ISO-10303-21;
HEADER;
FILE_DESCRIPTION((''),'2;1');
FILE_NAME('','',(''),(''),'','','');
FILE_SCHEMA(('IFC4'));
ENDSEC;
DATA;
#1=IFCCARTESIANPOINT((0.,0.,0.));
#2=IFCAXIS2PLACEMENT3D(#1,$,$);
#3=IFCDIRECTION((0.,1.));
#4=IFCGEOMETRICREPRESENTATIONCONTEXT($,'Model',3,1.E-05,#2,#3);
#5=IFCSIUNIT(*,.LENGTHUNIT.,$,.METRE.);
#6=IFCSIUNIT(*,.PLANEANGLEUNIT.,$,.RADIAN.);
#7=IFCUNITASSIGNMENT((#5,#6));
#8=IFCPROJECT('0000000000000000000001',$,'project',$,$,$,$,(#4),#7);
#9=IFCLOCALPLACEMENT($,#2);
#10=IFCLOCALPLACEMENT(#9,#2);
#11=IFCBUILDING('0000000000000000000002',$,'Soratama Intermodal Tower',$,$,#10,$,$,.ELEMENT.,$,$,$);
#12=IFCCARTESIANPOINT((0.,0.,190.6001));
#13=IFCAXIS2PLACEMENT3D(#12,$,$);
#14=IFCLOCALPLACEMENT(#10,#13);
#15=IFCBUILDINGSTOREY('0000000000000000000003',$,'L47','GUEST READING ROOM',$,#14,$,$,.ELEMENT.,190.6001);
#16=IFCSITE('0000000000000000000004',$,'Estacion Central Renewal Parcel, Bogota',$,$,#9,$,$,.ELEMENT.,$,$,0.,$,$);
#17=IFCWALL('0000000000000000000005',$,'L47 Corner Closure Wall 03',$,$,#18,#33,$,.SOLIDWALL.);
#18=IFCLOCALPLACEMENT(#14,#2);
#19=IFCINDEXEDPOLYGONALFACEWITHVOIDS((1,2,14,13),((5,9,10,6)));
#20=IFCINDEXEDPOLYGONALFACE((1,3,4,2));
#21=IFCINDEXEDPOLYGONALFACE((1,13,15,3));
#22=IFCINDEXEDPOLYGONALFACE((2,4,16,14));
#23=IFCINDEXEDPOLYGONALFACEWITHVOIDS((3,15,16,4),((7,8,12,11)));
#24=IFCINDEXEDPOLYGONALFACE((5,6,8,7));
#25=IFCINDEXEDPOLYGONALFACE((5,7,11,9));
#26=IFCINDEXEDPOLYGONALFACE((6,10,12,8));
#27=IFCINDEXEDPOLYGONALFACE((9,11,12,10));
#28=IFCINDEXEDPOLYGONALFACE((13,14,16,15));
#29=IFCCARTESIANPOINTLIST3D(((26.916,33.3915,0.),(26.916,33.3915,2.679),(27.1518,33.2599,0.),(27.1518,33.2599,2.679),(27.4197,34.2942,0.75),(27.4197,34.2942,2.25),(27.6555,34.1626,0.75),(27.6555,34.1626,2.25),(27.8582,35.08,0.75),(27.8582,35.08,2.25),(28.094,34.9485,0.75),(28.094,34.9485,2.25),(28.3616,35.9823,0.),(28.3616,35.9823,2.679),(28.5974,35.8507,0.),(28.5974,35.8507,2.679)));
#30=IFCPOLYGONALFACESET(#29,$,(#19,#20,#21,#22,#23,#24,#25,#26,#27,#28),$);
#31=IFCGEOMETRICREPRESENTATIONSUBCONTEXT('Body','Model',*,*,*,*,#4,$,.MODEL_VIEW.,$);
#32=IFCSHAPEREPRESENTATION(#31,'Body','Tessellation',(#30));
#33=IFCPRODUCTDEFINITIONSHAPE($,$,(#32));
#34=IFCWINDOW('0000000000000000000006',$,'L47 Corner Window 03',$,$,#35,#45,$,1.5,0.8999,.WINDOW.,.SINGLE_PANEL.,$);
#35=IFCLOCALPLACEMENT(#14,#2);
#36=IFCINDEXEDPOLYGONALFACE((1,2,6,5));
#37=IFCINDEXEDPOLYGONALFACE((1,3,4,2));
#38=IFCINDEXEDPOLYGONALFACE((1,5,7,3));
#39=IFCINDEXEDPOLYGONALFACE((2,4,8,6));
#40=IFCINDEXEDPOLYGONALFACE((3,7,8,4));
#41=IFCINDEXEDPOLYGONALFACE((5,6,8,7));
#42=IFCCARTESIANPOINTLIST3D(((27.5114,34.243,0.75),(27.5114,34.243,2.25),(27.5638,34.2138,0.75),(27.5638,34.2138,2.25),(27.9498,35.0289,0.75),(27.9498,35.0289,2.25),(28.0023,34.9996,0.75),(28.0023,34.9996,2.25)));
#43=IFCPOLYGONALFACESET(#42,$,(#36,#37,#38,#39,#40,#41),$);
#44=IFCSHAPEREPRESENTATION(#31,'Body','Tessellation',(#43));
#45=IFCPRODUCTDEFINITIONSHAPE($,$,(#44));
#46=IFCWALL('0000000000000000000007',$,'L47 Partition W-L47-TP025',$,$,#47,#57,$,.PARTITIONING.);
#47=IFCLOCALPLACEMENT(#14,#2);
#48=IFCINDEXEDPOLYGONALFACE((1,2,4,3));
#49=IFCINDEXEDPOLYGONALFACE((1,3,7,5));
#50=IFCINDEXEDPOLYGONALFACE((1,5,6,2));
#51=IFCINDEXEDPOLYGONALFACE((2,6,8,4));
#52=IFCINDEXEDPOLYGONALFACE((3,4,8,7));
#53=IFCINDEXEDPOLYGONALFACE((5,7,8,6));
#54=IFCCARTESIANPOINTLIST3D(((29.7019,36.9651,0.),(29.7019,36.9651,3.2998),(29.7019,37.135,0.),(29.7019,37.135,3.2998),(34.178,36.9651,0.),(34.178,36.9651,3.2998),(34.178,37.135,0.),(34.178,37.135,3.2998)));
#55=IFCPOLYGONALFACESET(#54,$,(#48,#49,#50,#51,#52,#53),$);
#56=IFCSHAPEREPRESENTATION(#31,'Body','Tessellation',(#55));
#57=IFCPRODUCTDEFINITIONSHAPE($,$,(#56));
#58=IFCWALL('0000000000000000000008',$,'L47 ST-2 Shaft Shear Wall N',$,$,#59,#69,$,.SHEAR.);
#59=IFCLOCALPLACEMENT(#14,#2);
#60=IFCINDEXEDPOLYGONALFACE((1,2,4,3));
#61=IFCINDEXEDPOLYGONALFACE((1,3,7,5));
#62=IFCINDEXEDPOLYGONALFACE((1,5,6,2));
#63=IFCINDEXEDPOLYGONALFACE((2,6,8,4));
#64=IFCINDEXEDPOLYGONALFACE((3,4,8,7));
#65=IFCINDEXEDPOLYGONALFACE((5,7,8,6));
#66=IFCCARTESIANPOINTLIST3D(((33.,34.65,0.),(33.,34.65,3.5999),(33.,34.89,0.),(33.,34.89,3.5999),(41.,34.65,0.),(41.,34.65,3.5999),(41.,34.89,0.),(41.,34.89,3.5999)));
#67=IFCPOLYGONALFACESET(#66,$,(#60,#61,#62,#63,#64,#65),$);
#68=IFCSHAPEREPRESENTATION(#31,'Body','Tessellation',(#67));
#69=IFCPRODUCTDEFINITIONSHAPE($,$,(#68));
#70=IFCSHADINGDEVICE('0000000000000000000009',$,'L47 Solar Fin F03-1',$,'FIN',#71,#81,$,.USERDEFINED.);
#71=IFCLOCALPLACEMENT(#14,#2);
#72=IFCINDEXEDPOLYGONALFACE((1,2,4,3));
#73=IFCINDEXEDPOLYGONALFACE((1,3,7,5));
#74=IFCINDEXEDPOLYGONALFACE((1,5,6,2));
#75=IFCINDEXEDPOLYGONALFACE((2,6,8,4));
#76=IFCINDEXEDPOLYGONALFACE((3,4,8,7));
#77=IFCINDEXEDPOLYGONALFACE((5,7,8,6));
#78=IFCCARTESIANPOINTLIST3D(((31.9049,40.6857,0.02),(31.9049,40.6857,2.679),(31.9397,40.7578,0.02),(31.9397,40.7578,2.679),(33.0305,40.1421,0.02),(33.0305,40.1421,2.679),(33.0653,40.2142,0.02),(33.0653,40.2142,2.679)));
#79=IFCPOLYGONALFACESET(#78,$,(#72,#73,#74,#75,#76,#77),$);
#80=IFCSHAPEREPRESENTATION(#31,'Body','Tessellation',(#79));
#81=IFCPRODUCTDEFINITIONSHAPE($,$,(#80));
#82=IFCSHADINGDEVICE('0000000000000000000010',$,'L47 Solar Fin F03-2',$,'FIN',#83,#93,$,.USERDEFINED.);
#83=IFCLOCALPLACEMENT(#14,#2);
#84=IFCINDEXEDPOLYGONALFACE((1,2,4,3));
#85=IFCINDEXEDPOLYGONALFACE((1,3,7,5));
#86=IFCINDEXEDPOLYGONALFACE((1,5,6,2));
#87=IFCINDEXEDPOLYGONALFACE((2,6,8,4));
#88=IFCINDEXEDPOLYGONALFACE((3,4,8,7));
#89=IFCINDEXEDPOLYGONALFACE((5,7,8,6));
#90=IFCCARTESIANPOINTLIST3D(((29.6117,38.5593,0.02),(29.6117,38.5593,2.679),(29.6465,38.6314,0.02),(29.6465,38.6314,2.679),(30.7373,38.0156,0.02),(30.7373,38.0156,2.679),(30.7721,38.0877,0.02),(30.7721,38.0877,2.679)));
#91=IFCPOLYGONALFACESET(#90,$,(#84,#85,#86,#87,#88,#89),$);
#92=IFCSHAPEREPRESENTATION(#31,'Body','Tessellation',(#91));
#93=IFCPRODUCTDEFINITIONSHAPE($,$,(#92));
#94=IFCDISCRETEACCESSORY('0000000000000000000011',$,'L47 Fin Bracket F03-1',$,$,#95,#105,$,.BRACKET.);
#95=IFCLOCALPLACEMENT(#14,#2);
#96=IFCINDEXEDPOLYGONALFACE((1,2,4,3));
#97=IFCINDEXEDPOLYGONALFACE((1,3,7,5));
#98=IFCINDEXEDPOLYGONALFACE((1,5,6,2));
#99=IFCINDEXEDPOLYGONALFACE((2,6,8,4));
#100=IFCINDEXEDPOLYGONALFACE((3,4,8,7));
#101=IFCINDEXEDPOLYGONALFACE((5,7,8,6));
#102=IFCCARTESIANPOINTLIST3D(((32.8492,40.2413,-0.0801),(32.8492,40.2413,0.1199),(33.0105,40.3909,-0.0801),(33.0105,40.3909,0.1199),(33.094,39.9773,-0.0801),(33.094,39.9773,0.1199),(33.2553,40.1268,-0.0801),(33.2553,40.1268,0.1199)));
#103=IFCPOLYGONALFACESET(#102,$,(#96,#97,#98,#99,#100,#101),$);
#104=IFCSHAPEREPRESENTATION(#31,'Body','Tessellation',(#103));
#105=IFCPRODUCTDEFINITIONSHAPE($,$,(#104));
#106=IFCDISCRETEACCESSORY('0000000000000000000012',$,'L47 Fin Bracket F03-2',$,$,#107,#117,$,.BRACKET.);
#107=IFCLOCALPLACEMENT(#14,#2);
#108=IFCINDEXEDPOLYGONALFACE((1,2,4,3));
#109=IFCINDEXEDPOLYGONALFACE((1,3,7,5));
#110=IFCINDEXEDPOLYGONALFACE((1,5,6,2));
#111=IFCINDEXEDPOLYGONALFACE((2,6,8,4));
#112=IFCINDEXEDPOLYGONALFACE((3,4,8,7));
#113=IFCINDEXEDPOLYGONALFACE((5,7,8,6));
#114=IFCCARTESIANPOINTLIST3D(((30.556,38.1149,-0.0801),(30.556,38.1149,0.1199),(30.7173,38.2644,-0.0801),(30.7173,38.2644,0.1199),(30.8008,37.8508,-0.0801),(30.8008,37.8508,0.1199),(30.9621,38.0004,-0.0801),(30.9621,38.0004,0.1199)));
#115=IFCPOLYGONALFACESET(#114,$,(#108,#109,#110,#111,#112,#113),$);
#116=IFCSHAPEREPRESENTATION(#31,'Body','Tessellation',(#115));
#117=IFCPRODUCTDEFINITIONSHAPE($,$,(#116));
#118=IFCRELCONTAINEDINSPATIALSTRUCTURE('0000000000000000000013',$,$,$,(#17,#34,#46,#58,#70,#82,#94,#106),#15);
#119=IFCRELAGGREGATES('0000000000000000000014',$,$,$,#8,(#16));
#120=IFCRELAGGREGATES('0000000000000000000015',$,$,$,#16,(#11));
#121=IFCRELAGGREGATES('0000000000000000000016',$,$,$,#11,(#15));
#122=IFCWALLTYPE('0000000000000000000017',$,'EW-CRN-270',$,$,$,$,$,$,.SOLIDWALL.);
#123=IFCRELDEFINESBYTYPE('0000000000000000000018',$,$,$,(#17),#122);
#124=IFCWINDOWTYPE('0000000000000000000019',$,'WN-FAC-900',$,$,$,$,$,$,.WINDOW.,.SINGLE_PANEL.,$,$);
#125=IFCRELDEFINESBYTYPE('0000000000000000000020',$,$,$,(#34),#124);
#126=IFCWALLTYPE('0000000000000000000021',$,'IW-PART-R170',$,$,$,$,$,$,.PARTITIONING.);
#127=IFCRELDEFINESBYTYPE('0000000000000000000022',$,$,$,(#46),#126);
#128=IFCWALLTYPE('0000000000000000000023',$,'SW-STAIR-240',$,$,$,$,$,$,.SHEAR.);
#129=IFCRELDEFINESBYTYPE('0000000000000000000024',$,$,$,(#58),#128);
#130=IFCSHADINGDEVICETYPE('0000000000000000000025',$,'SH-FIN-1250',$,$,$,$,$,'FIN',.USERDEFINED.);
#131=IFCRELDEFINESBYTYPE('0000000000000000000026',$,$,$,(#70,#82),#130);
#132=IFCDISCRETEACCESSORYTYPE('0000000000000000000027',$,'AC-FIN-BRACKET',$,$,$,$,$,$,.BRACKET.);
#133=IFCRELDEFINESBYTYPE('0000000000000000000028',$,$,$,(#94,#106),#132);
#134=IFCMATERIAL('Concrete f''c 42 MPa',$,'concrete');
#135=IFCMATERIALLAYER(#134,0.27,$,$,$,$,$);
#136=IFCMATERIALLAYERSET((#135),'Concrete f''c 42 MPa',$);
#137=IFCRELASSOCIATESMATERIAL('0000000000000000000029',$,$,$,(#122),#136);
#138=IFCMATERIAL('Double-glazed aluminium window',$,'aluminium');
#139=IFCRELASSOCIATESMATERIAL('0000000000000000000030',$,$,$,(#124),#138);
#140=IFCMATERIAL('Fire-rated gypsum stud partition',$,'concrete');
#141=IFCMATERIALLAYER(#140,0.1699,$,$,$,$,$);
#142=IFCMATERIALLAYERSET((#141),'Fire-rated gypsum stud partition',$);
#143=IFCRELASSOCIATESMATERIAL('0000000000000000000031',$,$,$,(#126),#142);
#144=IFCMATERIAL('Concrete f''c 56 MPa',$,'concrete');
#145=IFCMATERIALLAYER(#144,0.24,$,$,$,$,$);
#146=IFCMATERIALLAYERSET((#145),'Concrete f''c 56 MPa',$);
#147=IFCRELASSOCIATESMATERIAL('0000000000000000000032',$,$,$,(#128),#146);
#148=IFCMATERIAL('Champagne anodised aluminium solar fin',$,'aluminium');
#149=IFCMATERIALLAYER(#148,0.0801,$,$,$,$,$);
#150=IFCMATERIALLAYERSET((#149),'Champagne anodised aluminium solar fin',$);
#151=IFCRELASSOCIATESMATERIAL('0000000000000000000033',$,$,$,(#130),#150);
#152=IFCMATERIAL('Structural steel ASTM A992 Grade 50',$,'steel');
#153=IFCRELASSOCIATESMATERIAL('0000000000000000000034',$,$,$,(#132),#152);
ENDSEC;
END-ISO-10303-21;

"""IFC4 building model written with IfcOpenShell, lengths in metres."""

from ifc_helpers import new_model, si_unit, direction, frame, frame_2d, origin, origin_2d, place, context, subcontext, project, spatial, rectangle, extrude, material, layer, layer_set, type_object, element, fill, save


model = new_model("IFC4")

# Units and contexts
model_context = context("Model", 3, precision=1e-05, world=origin(), true_north=direction((0.0, 1.0)))
body_context = subcontext(model_context, "Body", "Model", "MODEL_VIEW")
ifc_project = project(units=[si_unit("LENGTHUNIT", "METRE"), si_unit("PLANEANGLEUNIT", "RADIAN")], contexts=[model_context])

# Site, building, storey
site_placement = place(None, origin())
site = spatial("IfcSite", under=ifc_project, at=site_placement, Name="Estacion Central Renewal Parcel, Bogota", CompositionType="ELEMENT", RefElevation=0.0)
building_placement = place(site_placement, origin())
building = spatial("IfcBuilding", under=site, at=building_placement, Name="Soratama Intermodal Tower", CompositionType="ELEMENT")
storey_placement = place(building_placement, frame((0.0, 0.0, 190.6001)))
storey = spatial("IfcBuildingStorey", under=building, at=storey_placement, Name="L47", Description="GUEST READING ROOM", CompositionType="ELEMENT", Elevation=190.6001)

# Wall, opening, window
ifc_material_1 = material(Name="Concrete f'c 42 MPa", Category="concrete")
ifc_layer_1 = layer(ifc_material_1, 0.27)
ifc_layer_set_1 = layer_set([ifc_layer_1], Name="Concrete f'c 42 MPa")
wall_type_1 = type_object("IfcWallType", Name="EW-CRN-270", PredefinedType="SOLIDWALL", material=ifc_layer_set_1)
wall_1_placement = place(storey_placement, frame((28.4795, 35.9165, 0.0), z_axis=(0.0, 0.0, 1.0), x_axis=(-0.487242, -0.873267, 0.0)))
wall_1 = element("IfcWall", 1, at=wall_1_placement, inside=storey, type_object=wall_type_1, Name="L47 Corner Closure Wall 03", PredefinedType="SOLIDWALL", context=body_context, shape_type="SweptSolid", body=[
    extrude(rectangle(XDim=2.9668, YDim=0.27, at=frame_2d((1.4834, 0.0))), origin(), (0.0, 0.0, 1.0), 2.679),
])
opening_1_placement = place(wall_1_placement, frame((1.0332, 0.0, 0.75)))
opening_1 = element("IfcOpeningElement", 2, at=opening_1_placement, cuts=wall_1, PredefinedType="OPENING", context=body_context, shape_type="SweptSolid", body=[
    extrude(rectangle(XDim=0.8999, YDim=1.5, at=frame_2d((0.45, 0.75))), frame((0.0, 0.145, 0.0), z_axis=(0.0, -1.0, 0.0), x_axis=(1.0, 0.0, 0.0)), (0.0, 0.0, 1.0), 0.29),
])
ifc_material_2 = material(Name="Double-glazed aluminium window", Category="aluminium")
window_type_1 = type_object("IfcWindowType", Name="WN-FAC-900", PartitioningType="SINGLE_PANEL", PredefinedType="WINDOW", material=ifc_material_2)
window_1_placement = place(opening_1_placement, origin())
window_1 = element("IfcWindow", 3, at=window_1_placement, inside=storey, type_object=window_type_1, Name="L47 Corner Window 03", OverallHeight=1.5, OverallWidth=0.8999, PartitioningType="SINGLE_PANEL", PredefinedType="WINDOW", context=body_context, shape_type="SweptSolid", body=[
    extrude(rectangle(XDim=0.8999, YDim=1.5, at=frame_2d((0.45, 0.75))), frame((0.0, 0.03, 0.0), z_axis=(0.0, -1.0, 0.0), x_axis=(1.0, 0.0, 0.0)), (0.0, 0.0, 1.0), 0.0601),
])
fill(opening_1, window_1)

# Walls
ifc_material_3 = material(Name="Fire-rated gypsum stud partition", Category="concrete")
ifc_layer_2 = layer(ifc_material_3, 0.1699)
ifc_layer_set_2 = layer_set([ifc_layer_2], Name="Fire-rated gypsum stud partition")
wall_type_2 = type_object("IfcWallType", Name="IW-PART-R170", PredefinedType="PARTITIONING", material=ifc_layer_set_2)
wall_2_placement = place(storey_placement, frame((29.7019, 37.05, 0.0), z_axis=(0.0, 0.0, 1.0), x_axis=(1.0, 0.0, 0.0)))
element("IfcWall", 4, at=wall_2_placement, inside=storey, type_object=wall_type_2, Name="L47 Partition W-L47-TP025", PredefinedType="PARTITIONING", context=body_context, shape_type="SweptSolid", body=[
    extrude(rectangle(XDim=4.4761, YDim=0.1699, at=frame_2d((2.238, 0.0))), origin(), (0.0, 0.0, 1.0), 3.2998),
])
ifc_material_4 = material(Name="Concrete f'c 56 MPa", Category="concrete")
ifc_layer_3 = layer(ifc_material_4, 0.24)
ifc_layer_set_3 = layer_set([ifc_layer_3], Name="Concrete f'c 56 MPa")
wall_type_3 = type_object("IfcWallType", Name="SW-STAIR-240", PredefinedType="SHEAR", material=ifc_layer_set_3)
wall_3_placement = place(storey_placement, frame((33.0, 34.77, 0.0), z_axis=(0.0, 0.0, 1.0), x_axis=(1.0, 0.0, 0.0)))
element("IfcWall", 5, at=wall_3_placement, inside=storey, type_object=wall_type_3, Name="L47 ST-2 Shaft Shear Wall N", PredefinedType="SHEAR", context=body_context, shape_type="SweptSolid", body=[
    extrude(rectangle(XDim=8.0, YDim=0.24, at=frame_2d((4.0, 0.0))), origin(), (0.0, 0.0, 1.0), 3.5999),
])

# Shading devices
ifc_material_5 = material(Name="Champagne anodised aluminium solar fin", Category="aluminium")
ifc_layer_4 = layer(ifc_material_5, 0.0801)
ifc_layer_set_4 = layer_set([ifc_layer_4], Name="Champagne anodised aluminium solar fin")
shading_device_type = type_object("IfcShadingDeviceType", Name="SH-FIN-1250", ElementType="FIN", PredefinedType="USERDEFINED", material=ifc_layer_set_4)
for number, where, z_axis, x_axis, name in (
    (6, (32.4851, 40.45, 0.02), (0.0, 0.0, 1.0), (-0.900471, 0.434917, 0.0), "L47 Solar Fin F03-1"),
    (7, (30.1919, 38.3235, 0.02), (0.0, 0.0, 1.0), (-0.900471, 0.434917, 0.0), "L47 Solar Fin F03-2"),
):
    element("IfcShadingDevice", number, at=place(storey_placement, frame(where, z_axis=z_axis, x_axis=x_axis)), inside=storey, type_object=shading_device_type, Name=name, ObjectType="FIN", PredefinedType="USERDEFINED", context=body_context, shape_type="SweptSolid", body=[
        extrude(rectangle(XDim=1.25, YDim=0.0801, at=origin_2d()), origin(), (0.0, 0.0, 1.0), 2.6589),
    ])

# Discrete accessories
ifc_material_6 = material(Name="Structural steel ASTM A992 Grade 50", Category="steel")
discrete_accessory_type = type_object("IfcDiscreteAccessoryType", Name="AC-FIN-BRACKET", PredefinedType="BRACKET", material=ifc_material_6)
for number, where, z_axis, x_axis, name in (
    (8, (33.0522, 40.1841, -0.0801), (0.0, 0.0, 1.0), (-0.679953, 0.733255, 0.0), "L47 Fin Bracket F03-1"),
    (9, (30.759, 38.0576, -0.0801), (0.0, 0.0, 1.0), (-0.679953, 0.733255, 0.0), "L47 Fin Bracket F03-2"),
):
    element("IfcDiscreteAccessory", number, at=place(storey_placement, frame(where, z_axis=z_axis, x_axis=x_axis)), inside=storey, type_object=discrete_accessory_type, Name=name, PredefinedType="BRACKET", context=body_context, shape_type="SweptSolid", body=[
        extrude(rectangle(XDim=0.3601, YDim=0.22, at=origin_2d()), origin(), (0.0, 0.0, 1.0), 0.2),
    ])

save(model, "model.ifc")
